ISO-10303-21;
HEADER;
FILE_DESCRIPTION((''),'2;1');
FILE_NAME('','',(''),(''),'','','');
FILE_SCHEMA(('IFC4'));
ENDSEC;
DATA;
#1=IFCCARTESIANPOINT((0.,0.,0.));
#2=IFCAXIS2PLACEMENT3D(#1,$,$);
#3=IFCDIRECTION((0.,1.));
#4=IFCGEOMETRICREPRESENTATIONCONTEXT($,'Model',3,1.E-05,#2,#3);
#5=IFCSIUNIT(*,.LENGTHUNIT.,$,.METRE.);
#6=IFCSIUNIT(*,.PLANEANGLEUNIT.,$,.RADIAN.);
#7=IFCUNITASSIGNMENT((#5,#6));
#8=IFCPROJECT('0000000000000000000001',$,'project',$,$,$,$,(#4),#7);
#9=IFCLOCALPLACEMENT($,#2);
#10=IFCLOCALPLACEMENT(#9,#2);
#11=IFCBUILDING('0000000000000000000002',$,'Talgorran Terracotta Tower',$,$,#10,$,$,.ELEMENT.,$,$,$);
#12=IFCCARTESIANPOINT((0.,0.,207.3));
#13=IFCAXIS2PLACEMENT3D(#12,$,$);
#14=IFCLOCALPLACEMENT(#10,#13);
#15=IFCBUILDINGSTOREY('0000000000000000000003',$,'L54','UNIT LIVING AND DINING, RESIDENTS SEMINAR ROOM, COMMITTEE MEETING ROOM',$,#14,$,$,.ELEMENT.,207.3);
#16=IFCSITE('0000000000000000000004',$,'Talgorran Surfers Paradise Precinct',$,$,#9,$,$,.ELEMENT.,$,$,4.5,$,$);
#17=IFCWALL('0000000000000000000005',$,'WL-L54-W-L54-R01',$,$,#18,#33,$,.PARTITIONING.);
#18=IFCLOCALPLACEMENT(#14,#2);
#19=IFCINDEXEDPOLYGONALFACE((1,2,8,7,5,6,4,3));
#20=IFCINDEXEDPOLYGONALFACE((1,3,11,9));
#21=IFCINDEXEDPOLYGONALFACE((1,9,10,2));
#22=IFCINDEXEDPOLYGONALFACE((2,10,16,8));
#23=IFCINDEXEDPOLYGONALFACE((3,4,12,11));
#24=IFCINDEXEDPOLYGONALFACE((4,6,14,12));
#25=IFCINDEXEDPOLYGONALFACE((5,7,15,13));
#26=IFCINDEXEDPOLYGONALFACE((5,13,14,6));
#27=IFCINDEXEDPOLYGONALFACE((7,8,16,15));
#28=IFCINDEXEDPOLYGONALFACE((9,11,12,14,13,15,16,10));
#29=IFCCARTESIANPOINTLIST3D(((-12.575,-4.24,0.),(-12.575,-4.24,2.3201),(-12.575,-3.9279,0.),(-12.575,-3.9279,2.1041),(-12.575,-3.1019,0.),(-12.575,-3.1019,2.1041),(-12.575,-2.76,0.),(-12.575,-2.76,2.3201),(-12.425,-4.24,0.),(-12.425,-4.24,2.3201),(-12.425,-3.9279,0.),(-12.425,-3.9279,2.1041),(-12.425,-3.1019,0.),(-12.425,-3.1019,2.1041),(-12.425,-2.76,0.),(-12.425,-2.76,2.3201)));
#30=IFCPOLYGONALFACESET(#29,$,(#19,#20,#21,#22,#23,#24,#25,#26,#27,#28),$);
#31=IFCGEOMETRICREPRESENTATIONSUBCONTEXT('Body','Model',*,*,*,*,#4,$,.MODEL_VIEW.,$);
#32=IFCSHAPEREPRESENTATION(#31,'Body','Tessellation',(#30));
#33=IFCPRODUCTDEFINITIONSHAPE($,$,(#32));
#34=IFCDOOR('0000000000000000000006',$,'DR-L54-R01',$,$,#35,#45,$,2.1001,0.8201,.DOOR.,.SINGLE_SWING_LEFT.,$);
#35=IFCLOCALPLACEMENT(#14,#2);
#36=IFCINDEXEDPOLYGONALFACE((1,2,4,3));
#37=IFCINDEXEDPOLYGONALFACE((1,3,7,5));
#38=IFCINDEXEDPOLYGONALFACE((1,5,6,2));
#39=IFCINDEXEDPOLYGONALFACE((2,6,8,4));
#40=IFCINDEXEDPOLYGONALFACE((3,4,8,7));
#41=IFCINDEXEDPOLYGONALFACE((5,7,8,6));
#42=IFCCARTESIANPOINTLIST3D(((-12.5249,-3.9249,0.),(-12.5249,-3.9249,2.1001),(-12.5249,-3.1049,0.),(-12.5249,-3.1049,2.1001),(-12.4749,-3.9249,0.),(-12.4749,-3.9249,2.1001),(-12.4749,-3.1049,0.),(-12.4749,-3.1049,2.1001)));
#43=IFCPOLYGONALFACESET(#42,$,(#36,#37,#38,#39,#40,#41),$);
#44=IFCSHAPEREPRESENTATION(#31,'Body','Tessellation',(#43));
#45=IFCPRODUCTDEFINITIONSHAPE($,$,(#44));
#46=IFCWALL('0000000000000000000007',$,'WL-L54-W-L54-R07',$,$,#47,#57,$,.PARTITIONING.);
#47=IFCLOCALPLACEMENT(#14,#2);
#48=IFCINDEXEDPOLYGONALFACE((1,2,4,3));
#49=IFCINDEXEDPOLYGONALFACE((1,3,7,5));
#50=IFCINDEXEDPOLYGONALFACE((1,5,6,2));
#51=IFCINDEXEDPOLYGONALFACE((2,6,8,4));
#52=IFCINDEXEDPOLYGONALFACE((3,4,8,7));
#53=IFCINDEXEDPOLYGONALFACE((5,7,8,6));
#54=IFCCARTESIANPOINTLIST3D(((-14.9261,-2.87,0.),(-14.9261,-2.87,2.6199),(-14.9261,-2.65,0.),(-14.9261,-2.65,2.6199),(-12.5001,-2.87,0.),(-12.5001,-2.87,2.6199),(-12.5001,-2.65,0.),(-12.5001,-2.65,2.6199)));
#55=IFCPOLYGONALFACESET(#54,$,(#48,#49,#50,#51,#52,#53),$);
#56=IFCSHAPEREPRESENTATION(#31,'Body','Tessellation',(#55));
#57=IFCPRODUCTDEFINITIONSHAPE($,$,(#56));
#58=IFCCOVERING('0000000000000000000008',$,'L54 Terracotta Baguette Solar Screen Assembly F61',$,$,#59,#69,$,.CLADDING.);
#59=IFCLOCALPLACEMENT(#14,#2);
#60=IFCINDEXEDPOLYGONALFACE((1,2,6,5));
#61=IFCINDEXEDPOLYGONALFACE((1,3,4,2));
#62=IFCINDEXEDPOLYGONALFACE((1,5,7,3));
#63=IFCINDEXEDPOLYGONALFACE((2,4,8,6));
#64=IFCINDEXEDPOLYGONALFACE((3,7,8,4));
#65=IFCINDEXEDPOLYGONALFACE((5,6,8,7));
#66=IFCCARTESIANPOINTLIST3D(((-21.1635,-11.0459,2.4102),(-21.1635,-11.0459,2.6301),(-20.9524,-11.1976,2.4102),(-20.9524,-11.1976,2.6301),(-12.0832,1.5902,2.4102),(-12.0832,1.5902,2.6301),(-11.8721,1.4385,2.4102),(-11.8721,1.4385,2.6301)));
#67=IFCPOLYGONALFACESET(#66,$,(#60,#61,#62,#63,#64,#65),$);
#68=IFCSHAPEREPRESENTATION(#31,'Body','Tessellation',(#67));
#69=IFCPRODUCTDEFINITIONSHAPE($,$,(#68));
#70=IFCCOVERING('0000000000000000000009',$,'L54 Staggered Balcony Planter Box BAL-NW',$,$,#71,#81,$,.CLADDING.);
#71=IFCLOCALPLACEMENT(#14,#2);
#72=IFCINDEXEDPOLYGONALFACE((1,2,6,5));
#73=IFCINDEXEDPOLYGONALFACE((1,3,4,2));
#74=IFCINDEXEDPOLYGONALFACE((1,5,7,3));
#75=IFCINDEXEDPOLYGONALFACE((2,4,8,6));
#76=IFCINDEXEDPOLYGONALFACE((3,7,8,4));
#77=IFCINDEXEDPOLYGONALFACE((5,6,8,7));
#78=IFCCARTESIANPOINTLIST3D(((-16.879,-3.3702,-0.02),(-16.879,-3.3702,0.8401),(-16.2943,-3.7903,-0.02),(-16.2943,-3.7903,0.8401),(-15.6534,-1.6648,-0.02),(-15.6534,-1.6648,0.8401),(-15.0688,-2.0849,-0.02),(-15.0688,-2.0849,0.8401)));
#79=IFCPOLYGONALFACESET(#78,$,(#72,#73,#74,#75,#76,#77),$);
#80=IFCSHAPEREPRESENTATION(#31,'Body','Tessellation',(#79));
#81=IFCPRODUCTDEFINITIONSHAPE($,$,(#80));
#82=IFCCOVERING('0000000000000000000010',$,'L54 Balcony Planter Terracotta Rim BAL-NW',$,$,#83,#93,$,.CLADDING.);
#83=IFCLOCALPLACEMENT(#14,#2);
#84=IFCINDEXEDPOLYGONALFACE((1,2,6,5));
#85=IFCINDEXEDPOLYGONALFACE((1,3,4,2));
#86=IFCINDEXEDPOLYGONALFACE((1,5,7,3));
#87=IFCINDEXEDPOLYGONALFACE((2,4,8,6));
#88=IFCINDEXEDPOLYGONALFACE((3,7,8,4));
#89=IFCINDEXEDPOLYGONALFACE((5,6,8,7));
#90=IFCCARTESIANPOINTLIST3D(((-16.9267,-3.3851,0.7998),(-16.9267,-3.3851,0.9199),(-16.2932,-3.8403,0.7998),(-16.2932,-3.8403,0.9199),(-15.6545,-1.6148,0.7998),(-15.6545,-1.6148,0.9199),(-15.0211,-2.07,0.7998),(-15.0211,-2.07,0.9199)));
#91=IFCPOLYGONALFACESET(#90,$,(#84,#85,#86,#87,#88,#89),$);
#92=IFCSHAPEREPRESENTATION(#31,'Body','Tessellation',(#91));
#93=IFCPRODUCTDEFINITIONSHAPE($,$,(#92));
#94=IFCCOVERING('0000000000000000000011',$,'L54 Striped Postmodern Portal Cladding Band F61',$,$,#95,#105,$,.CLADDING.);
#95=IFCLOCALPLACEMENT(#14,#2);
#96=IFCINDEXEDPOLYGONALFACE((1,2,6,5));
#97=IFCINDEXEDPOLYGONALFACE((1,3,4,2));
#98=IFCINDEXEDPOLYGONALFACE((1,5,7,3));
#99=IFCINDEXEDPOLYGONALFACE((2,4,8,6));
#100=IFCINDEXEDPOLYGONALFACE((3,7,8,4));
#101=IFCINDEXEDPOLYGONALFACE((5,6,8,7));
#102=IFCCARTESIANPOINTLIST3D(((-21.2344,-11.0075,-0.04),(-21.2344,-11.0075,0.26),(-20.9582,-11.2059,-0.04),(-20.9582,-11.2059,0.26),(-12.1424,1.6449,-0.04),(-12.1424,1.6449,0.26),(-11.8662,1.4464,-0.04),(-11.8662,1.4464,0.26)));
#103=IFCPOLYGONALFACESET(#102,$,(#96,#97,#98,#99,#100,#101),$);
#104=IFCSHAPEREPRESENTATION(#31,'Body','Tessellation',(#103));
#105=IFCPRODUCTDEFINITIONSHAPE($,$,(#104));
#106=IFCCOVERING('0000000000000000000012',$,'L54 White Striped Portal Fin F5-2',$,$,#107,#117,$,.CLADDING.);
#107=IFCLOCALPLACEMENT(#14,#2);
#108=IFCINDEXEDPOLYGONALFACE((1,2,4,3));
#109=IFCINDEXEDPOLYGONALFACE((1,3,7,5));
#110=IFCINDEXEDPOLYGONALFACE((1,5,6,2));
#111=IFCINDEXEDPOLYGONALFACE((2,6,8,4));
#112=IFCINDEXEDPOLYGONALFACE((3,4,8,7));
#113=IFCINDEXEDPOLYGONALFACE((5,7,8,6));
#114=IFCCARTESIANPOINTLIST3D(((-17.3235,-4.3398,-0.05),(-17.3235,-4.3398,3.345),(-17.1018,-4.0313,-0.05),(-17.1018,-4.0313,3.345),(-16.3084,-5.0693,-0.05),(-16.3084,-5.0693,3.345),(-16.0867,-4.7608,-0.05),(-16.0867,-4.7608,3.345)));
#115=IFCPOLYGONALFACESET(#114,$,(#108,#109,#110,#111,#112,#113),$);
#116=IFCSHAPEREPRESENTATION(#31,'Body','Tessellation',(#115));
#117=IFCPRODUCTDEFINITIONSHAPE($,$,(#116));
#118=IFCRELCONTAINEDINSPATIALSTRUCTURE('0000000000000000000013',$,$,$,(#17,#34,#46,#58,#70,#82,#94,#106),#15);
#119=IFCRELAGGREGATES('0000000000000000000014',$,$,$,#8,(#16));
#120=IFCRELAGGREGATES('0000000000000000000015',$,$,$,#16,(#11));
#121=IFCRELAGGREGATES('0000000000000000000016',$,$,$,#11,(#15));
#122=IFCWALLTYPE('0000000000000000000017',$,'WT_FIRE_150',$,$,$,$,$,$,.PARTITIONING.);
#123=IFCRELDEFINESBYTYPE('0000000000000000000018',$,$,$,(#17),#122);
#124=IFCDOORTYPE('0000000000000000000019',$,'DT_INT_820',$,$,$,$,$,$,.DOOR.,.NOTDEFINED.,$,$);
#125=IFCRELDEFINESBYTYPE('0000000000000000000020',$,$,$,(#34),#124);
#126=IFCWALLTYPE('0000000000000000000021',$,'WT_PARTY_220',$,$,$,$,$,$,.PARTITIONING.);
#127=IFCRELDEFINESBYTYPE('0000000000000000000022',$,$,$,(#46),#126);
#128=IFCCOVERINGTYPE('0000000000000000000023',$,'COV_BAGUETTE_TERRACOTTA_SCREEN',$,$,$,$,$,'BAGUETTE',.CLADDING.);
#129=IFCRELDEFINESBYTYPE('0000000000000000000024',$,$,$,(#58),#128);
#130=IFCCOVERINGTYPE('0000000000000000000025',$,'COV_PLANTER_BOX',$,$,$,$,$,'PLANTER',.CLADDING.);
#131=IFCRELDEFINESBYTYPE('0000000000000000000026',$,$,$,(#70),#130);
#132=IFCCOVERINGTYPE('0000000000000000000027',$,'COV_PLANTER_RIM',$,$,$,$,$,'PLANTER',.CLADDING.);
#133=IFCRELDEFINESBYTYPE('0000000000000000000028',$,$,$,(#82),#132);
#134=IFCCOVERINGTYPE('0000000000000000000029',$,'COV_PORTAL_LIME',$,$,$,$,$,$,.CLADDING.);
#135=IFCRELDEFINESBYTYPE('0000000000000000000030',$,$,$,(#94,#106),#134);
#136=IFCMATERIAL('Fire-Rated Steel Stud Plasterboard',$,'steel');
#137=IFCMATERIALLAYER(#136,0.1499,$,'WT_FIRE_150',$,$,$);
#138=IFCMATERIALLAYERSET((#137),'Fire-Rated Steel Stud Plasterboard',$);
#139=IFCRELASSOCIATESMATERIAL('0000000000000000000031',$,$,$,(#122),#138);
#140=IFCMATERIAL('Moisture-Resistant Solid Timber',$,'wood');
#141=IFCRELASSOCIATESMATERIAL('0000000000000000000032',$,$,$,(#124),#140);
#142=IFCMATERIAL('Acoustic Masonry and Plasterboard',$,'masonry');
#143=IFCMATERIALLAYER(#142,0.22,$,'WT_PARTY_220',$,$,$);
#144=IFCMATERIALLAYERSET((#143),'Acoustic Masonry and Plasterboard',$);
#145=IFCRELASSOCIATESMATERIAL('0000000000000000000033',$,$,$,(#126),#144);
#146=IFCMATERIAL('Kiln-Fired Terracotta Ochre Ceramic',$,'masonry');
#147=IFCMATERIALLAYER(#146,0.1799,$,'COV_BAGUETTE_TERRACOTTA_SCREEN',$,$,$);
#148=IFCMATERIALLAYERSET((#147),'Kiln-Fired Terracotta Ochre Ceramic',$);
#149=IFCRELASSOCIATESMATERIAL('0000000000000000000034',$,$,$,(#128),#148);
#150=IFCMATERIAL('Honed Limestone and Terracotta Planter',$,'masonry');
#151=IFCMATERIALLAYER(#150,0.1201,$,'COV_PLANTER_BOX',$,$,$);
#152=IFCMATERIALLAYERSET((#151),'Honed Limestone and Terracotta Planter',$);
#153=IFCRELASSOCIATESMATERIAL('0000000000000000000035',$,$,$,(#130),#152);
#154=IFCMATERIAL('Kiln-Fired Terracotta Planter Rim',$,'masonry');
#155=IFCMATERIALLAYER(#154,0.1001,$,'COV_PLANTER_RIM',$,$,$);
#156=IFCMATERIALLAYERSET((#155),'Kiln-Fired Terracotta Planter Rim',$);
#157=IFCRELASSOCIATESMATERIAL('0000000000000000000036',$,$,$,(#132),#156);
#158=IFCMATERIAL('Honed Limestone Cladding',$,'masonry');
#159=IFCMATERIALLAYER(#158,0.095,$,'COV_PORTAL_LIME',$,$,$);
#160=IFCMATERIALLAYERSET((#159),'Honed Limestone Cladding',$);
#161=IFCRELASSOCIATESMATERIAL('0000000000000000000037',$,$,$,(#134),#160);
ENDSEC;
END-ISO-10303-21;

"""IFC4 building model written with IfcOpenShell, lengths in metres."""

from ifc_helpers import new_model, si_unit, direction, frame, frame_2d, origin, origin_2d, place, context, subcontext, project, spatial, rectangle, extrude, material, layer, layer_set, type_object, element, fill, save


model = new_model("IFC4")

# Units and contexts
model_context = context("Model", 3, precision=1e-05, world=origin(), true_north=direction((0.0, 1.0)))
body_context = subcontext(model_context, "Body", "Model", "MODEL_VIEW")
ifc_project = project(units=[si_unit("LENGTHUNIT", "METRE"), si_unit("PLANEANGLEUNIT", "RADIAN")], contexts=[model_context])

# Site, building, storey
site_placement = place(None, origin())
site = spatial("IfcSite", under=ifc_project, at=site_placement, Name="Talgorran Surfers Paradise Precinct", CompositionType="ELEMENT", RefElevation=4.5)
building_placement = place(site_placement, origin())
building = spatial("IfcBuilding", under=site, at=building_placement, Name="Talgorran Terracotta Tower", CompositionType="ELEMENT")
storey_placement = place(building_placement, frame((0.0, 0.0, 207.3)))
storey = spatial("IfcBuildingStorey", under=building, at=storey_placement, Name="L54", Description="UNIT LIVING AND DINING, RESIDENTS SEMINAR ROOM, COMMITTEE MEETING ROOM", CompositionType="ELEMENT", Elevation=207.3)

# Wall, opening, door
ifc_material_1 = material(Name="Fire-Rated Steel Stud Plasterboard", Category="steel")
ifc_layer_1 = layer(ifc_material_1, 0.1499, Name="WT_FIRE_150")
ifc_layer_set_1 = layer_set([ifc_layer_1], Name="Fire-Rated Steel Stud Plasterboard")
wall_type_1 = type_object("IfcWallType", Name="WT_FIRE_150", PredefinedType="PARTITIONING", material=ifc_layer_set_1)
wall_1_placement = place(storey_placement, frame((-12.5, -4.24, 0.0), z_axis=(0.0, 0.0, 1.0), x_axis=(0.0, 1.0, 0.0)))
wall_1 = element("IfcWall", 1, at=wall_1_placement, inside=storey, type_object=wall_type_1, Name="WL-L54-W-L54-R01", PredefinedType="PARTITIONING", context=body_context, shape_type="SweptSolid", body=[
    extrude(rectangle(XDim=1.48, YDim=0.1499, at=frame_2d((0.74, 0.0))), origin(), (0.0, 0.0, 1.0), 2.3201),
])
opening_1_placement = place(wall_1_placement, frame((0.3149, 0.0, 0.0)))
opening_1 = element("IfcOpeningElement", 2, at=opening_1_placement, cuts=wall_1, PredefinedType="OPENING", context=body_context, shape_type="SweptSolid", body=[
    extrude(rectangle(XDim=0.8261, YDim=2.1041, at=frame_2d((0.4102, 1.052))), frame((0.0, 0.085, 0.0), z_axis=(0.0, -1.0, 0.0), x_axis=(1.0, 0.0, 0.0)), (0.0, 0.0, 1.0), 0.1699),
])
ifc_material_2 = material(Name="Moisture-Resistant Solid Timber", Category="wood")
door_type_1 = type_object("IfcDoorType", Name="DT_INT_820", OperationType="NOTDEFINED", PredefinedType="DOOR", material=ifc_material_2)
door_1_placement = place(opening_1_placement, origin())
door_1 = element("IfcDoor", 3, at=door_1_placement, inside=storey, type_object=door_type_1, Name="DR-L54-R01", OperationType="SINGLE_SWING_LEFT", OverallHeight=2.1001, OverallWidth=0.8201, PredefinedType="DOOR", context=body_context, shape_type="SweptSolid", body=[
    extrude(rectangle(XDim=0.8201, YDim=2.1001, at=frame_2d((0.4102, 1.05))), frame((0.0, 0.0249, 0.0), z_axis=(0.0, -1.0, 0.0), x_axis=(1.0, 0.0, 0.0)), (0.0, 0.0, 1.0), 0.05),
])
fill(opening_1, door_1)

# Wall
ifc_material_3 = material(Name="Acoustic Masonry and Plasterboard", Category="masonry")
ifc_layer_2 = layer(ifc_material_3, 0.22, Name="WT_PARTY_220")
ifc_layer_set_2 = layer_set([ifc_layer_2], Name="Acoustic Masonry and Plasterboard")
wall_type_2 = type_object("IfcWallType", Name="WT_PARTY_220", PredefinedType="PARTITIONING", material=ifc_layer_set_2)
wall_2_placement = place(storey_placement, frame((-14.926, -2.76, 0.0), z_axis=(0.0, 0.0, 1.0), x_axis=(1.0, 0.0, 0.0)))
element("IfcWall", 4, at=wall_2_placement, inside=storey, type_object=wall_type_2, Name="WL-L54-W-L54-R07", PredefinedType="PARTITIONING", context=body_context, shape_type="SweptSolid", body=[
    extrude(rectangle(XDim=2.426, YDim=0.22, at=frame_2d((1.2129, 0.0))), origin(), (0.0, 0.0, 1.0), 2.6199),
])

# Coverings
ifc_material_4 = material(Name="Kiln-Fired Terracotta Ochre Ceramic", Category="masonry")
ifc_layer_3 = layer(ifc_material_4, 0.1799, Name="COV_BAGUETTE_TERRACOTTA_SCREEN")
ifc_layer_set_3 = layer_set([ifc_layer_3], Name="Kiln-Fired Terracotta Ochre Ceramic")
covering_type_1 = type_object("IfcCoveringType", Name="COV_BAGUETTE_TERRACOTTA_SCREEN", ElementType="BAGUETTE", PredefinedType="CLADDING", material=ifc_layer_set_3)
covering_1_placement = place(storey_placement, frame((-16.5178, -4.8037, 2.4102), z_axis=(0.0, 0.0, 1.0), x_axis=(-0.583555, -0.812073, 0.0)))
element("IfcCovering", 5, at=covering_1_placement, inside=storey, type_object=covering_type_1, Name="L54 Terracotta Baguette Solar Screen Assembly F61", PredefinedType="CLADDING", context=body_context, shape_type="SweptSolid", body=[
    extrude(rectangle(XDim=15.5603, YDim=0.26, at=origin_2d()), origin(), (0.0, 0.0, 1.0), 0.22),
])
ifc_material_5 = material(Name="Honed Limestone and Terracotta Planter", Category="masonry")
ifc_layer_4 = layer(ifc_material_5, 0.1201, Name="COV_PLANTER_BOX")
ifc_layer_set_4 = layer_set([ifc_layer_4], Name="Honed Limestone and Terracotta Planter")
covering_type_2 = type_object("IfcCoveringType", Name="COV_PLANTER_BOX", ElementType="PLANTER", PredefinedType="CLADDING", material=ifc_layer_set_4)
covering_2_placement = place(storey_placement, frame((-15.9739, -2.7275, -0.02), z_axis=(0.0, 0.0, 1.0), x_axis=(-0.583555, -0.812073, 0.0)))
element("IfcCovering", 6, at=covering_2_placement, inside=storey, type_object=covering_type_2, Name="L54 Staggered Balcony Planter Box BAL-NW", PredefinedType="CLADDING", context=body_context, shape_type="SweptSolid", body=[
    extrude(rectangle(XDim=2.1001, YDim=0.72, at=origin_2d()), origin(), (0.0, 0.0, 1.0), 0.8601),
])
ifc_material_6 = material(Name="Kiln-Fired Terracotta Planter Rim", Category="masonry")
ifc_layer_5 = layer(ifc_material_6, 0.1001, Name="COV_PLANTER_RIM")
ifc_layer_set_5 = layer_set([ifc_layer_5], Name="Kiln-Fired Terracotta Planter Rim")
covering_type_3 = type_object("IfcCoveringType", Name="COV_PLANTER_RIM", ElementType="PLANTER", PredefinedType="CLADDING", material=ifc_layer_set_5)
covering_3_placement = place(storey_placement, frame((-15.9739, -2.7275, 0.7998), z_axis=(0.0, 0.0, 1.0), x_axis=(-0.583555, -0.812073, 0.0)))
element("IfcCovering", 7, at=covering_3_placement, inside=storey, type_object=covering_type_3, Name="L54 Balcony Planter Terracotta Rim BAL-NW", PredefinedType="CLADDING", context=body_context, shape_type="SweptSolid", body=[
    extrude(rectangle(XDim=2.1799, YDim=0.78, at=origin_2d()), origin(), (0.0, 0.0, 1.0), 0.1201),
])
ifc_material_7 = material(Name="Honed Limestone Cladding", Category="masonry")
ifc_layer_6 = layer(ifc_material_7, 0.095, Name="COV_PORTAL_LIME")
ifc_layer_set_6 = layer_set([ifc_layer_6], Name="Honed Limestone Cladding")
covering_type_4 = type_object("IfcCoveringType", Name="COV_PORTAL_LIME", PredefinedType="CLADDING", material=ifc_layer_set_6)
covering_4_placement = place(storey_placement, frame((-16.5503, -4.7805, -0.04), z_axis=(0.0, 0.0, 1.0), x_axis=(-0.583555, -0.812073, 0.0)))
element("IfcCovering", 8, at=covering_4_placement, inside=storey, type_object=covering_type_4, Name="L54 Striped Postmodern Portal Cladding Band F61", PredefinedType="CLADDING", context=body_context, shape_type="SweptSolid", body=[
    extrude(rectangle(XDim=15.5803, YDim=0.3401, at=origin_2d()), origin(), (0.0, 0.0, 1.0), 0.3),
])
covering_5_placement = place(storey_placement, frame((-16.7051, -4.5503, -0.05), z_axis=(0.0, 0.0, 1.0), x_axis=(-0.583555, -0.812073, 0.0)))
element("IfcCovering", 9, at=covering_5_placement, inside=storey, type_object=covering_type_4, Name="L54 White Striped Portal Fin F5-2", PredefinedType="CLADDING", context=body_context, shape_type="SweptSolid", body=[
    extrude(rectangle(XDim=0.3799, YDim=1.25, at=origin_2d()), origin(), (0.0, 0.0, 1.0), 3.395),
])

save(model, "model.ifc")
